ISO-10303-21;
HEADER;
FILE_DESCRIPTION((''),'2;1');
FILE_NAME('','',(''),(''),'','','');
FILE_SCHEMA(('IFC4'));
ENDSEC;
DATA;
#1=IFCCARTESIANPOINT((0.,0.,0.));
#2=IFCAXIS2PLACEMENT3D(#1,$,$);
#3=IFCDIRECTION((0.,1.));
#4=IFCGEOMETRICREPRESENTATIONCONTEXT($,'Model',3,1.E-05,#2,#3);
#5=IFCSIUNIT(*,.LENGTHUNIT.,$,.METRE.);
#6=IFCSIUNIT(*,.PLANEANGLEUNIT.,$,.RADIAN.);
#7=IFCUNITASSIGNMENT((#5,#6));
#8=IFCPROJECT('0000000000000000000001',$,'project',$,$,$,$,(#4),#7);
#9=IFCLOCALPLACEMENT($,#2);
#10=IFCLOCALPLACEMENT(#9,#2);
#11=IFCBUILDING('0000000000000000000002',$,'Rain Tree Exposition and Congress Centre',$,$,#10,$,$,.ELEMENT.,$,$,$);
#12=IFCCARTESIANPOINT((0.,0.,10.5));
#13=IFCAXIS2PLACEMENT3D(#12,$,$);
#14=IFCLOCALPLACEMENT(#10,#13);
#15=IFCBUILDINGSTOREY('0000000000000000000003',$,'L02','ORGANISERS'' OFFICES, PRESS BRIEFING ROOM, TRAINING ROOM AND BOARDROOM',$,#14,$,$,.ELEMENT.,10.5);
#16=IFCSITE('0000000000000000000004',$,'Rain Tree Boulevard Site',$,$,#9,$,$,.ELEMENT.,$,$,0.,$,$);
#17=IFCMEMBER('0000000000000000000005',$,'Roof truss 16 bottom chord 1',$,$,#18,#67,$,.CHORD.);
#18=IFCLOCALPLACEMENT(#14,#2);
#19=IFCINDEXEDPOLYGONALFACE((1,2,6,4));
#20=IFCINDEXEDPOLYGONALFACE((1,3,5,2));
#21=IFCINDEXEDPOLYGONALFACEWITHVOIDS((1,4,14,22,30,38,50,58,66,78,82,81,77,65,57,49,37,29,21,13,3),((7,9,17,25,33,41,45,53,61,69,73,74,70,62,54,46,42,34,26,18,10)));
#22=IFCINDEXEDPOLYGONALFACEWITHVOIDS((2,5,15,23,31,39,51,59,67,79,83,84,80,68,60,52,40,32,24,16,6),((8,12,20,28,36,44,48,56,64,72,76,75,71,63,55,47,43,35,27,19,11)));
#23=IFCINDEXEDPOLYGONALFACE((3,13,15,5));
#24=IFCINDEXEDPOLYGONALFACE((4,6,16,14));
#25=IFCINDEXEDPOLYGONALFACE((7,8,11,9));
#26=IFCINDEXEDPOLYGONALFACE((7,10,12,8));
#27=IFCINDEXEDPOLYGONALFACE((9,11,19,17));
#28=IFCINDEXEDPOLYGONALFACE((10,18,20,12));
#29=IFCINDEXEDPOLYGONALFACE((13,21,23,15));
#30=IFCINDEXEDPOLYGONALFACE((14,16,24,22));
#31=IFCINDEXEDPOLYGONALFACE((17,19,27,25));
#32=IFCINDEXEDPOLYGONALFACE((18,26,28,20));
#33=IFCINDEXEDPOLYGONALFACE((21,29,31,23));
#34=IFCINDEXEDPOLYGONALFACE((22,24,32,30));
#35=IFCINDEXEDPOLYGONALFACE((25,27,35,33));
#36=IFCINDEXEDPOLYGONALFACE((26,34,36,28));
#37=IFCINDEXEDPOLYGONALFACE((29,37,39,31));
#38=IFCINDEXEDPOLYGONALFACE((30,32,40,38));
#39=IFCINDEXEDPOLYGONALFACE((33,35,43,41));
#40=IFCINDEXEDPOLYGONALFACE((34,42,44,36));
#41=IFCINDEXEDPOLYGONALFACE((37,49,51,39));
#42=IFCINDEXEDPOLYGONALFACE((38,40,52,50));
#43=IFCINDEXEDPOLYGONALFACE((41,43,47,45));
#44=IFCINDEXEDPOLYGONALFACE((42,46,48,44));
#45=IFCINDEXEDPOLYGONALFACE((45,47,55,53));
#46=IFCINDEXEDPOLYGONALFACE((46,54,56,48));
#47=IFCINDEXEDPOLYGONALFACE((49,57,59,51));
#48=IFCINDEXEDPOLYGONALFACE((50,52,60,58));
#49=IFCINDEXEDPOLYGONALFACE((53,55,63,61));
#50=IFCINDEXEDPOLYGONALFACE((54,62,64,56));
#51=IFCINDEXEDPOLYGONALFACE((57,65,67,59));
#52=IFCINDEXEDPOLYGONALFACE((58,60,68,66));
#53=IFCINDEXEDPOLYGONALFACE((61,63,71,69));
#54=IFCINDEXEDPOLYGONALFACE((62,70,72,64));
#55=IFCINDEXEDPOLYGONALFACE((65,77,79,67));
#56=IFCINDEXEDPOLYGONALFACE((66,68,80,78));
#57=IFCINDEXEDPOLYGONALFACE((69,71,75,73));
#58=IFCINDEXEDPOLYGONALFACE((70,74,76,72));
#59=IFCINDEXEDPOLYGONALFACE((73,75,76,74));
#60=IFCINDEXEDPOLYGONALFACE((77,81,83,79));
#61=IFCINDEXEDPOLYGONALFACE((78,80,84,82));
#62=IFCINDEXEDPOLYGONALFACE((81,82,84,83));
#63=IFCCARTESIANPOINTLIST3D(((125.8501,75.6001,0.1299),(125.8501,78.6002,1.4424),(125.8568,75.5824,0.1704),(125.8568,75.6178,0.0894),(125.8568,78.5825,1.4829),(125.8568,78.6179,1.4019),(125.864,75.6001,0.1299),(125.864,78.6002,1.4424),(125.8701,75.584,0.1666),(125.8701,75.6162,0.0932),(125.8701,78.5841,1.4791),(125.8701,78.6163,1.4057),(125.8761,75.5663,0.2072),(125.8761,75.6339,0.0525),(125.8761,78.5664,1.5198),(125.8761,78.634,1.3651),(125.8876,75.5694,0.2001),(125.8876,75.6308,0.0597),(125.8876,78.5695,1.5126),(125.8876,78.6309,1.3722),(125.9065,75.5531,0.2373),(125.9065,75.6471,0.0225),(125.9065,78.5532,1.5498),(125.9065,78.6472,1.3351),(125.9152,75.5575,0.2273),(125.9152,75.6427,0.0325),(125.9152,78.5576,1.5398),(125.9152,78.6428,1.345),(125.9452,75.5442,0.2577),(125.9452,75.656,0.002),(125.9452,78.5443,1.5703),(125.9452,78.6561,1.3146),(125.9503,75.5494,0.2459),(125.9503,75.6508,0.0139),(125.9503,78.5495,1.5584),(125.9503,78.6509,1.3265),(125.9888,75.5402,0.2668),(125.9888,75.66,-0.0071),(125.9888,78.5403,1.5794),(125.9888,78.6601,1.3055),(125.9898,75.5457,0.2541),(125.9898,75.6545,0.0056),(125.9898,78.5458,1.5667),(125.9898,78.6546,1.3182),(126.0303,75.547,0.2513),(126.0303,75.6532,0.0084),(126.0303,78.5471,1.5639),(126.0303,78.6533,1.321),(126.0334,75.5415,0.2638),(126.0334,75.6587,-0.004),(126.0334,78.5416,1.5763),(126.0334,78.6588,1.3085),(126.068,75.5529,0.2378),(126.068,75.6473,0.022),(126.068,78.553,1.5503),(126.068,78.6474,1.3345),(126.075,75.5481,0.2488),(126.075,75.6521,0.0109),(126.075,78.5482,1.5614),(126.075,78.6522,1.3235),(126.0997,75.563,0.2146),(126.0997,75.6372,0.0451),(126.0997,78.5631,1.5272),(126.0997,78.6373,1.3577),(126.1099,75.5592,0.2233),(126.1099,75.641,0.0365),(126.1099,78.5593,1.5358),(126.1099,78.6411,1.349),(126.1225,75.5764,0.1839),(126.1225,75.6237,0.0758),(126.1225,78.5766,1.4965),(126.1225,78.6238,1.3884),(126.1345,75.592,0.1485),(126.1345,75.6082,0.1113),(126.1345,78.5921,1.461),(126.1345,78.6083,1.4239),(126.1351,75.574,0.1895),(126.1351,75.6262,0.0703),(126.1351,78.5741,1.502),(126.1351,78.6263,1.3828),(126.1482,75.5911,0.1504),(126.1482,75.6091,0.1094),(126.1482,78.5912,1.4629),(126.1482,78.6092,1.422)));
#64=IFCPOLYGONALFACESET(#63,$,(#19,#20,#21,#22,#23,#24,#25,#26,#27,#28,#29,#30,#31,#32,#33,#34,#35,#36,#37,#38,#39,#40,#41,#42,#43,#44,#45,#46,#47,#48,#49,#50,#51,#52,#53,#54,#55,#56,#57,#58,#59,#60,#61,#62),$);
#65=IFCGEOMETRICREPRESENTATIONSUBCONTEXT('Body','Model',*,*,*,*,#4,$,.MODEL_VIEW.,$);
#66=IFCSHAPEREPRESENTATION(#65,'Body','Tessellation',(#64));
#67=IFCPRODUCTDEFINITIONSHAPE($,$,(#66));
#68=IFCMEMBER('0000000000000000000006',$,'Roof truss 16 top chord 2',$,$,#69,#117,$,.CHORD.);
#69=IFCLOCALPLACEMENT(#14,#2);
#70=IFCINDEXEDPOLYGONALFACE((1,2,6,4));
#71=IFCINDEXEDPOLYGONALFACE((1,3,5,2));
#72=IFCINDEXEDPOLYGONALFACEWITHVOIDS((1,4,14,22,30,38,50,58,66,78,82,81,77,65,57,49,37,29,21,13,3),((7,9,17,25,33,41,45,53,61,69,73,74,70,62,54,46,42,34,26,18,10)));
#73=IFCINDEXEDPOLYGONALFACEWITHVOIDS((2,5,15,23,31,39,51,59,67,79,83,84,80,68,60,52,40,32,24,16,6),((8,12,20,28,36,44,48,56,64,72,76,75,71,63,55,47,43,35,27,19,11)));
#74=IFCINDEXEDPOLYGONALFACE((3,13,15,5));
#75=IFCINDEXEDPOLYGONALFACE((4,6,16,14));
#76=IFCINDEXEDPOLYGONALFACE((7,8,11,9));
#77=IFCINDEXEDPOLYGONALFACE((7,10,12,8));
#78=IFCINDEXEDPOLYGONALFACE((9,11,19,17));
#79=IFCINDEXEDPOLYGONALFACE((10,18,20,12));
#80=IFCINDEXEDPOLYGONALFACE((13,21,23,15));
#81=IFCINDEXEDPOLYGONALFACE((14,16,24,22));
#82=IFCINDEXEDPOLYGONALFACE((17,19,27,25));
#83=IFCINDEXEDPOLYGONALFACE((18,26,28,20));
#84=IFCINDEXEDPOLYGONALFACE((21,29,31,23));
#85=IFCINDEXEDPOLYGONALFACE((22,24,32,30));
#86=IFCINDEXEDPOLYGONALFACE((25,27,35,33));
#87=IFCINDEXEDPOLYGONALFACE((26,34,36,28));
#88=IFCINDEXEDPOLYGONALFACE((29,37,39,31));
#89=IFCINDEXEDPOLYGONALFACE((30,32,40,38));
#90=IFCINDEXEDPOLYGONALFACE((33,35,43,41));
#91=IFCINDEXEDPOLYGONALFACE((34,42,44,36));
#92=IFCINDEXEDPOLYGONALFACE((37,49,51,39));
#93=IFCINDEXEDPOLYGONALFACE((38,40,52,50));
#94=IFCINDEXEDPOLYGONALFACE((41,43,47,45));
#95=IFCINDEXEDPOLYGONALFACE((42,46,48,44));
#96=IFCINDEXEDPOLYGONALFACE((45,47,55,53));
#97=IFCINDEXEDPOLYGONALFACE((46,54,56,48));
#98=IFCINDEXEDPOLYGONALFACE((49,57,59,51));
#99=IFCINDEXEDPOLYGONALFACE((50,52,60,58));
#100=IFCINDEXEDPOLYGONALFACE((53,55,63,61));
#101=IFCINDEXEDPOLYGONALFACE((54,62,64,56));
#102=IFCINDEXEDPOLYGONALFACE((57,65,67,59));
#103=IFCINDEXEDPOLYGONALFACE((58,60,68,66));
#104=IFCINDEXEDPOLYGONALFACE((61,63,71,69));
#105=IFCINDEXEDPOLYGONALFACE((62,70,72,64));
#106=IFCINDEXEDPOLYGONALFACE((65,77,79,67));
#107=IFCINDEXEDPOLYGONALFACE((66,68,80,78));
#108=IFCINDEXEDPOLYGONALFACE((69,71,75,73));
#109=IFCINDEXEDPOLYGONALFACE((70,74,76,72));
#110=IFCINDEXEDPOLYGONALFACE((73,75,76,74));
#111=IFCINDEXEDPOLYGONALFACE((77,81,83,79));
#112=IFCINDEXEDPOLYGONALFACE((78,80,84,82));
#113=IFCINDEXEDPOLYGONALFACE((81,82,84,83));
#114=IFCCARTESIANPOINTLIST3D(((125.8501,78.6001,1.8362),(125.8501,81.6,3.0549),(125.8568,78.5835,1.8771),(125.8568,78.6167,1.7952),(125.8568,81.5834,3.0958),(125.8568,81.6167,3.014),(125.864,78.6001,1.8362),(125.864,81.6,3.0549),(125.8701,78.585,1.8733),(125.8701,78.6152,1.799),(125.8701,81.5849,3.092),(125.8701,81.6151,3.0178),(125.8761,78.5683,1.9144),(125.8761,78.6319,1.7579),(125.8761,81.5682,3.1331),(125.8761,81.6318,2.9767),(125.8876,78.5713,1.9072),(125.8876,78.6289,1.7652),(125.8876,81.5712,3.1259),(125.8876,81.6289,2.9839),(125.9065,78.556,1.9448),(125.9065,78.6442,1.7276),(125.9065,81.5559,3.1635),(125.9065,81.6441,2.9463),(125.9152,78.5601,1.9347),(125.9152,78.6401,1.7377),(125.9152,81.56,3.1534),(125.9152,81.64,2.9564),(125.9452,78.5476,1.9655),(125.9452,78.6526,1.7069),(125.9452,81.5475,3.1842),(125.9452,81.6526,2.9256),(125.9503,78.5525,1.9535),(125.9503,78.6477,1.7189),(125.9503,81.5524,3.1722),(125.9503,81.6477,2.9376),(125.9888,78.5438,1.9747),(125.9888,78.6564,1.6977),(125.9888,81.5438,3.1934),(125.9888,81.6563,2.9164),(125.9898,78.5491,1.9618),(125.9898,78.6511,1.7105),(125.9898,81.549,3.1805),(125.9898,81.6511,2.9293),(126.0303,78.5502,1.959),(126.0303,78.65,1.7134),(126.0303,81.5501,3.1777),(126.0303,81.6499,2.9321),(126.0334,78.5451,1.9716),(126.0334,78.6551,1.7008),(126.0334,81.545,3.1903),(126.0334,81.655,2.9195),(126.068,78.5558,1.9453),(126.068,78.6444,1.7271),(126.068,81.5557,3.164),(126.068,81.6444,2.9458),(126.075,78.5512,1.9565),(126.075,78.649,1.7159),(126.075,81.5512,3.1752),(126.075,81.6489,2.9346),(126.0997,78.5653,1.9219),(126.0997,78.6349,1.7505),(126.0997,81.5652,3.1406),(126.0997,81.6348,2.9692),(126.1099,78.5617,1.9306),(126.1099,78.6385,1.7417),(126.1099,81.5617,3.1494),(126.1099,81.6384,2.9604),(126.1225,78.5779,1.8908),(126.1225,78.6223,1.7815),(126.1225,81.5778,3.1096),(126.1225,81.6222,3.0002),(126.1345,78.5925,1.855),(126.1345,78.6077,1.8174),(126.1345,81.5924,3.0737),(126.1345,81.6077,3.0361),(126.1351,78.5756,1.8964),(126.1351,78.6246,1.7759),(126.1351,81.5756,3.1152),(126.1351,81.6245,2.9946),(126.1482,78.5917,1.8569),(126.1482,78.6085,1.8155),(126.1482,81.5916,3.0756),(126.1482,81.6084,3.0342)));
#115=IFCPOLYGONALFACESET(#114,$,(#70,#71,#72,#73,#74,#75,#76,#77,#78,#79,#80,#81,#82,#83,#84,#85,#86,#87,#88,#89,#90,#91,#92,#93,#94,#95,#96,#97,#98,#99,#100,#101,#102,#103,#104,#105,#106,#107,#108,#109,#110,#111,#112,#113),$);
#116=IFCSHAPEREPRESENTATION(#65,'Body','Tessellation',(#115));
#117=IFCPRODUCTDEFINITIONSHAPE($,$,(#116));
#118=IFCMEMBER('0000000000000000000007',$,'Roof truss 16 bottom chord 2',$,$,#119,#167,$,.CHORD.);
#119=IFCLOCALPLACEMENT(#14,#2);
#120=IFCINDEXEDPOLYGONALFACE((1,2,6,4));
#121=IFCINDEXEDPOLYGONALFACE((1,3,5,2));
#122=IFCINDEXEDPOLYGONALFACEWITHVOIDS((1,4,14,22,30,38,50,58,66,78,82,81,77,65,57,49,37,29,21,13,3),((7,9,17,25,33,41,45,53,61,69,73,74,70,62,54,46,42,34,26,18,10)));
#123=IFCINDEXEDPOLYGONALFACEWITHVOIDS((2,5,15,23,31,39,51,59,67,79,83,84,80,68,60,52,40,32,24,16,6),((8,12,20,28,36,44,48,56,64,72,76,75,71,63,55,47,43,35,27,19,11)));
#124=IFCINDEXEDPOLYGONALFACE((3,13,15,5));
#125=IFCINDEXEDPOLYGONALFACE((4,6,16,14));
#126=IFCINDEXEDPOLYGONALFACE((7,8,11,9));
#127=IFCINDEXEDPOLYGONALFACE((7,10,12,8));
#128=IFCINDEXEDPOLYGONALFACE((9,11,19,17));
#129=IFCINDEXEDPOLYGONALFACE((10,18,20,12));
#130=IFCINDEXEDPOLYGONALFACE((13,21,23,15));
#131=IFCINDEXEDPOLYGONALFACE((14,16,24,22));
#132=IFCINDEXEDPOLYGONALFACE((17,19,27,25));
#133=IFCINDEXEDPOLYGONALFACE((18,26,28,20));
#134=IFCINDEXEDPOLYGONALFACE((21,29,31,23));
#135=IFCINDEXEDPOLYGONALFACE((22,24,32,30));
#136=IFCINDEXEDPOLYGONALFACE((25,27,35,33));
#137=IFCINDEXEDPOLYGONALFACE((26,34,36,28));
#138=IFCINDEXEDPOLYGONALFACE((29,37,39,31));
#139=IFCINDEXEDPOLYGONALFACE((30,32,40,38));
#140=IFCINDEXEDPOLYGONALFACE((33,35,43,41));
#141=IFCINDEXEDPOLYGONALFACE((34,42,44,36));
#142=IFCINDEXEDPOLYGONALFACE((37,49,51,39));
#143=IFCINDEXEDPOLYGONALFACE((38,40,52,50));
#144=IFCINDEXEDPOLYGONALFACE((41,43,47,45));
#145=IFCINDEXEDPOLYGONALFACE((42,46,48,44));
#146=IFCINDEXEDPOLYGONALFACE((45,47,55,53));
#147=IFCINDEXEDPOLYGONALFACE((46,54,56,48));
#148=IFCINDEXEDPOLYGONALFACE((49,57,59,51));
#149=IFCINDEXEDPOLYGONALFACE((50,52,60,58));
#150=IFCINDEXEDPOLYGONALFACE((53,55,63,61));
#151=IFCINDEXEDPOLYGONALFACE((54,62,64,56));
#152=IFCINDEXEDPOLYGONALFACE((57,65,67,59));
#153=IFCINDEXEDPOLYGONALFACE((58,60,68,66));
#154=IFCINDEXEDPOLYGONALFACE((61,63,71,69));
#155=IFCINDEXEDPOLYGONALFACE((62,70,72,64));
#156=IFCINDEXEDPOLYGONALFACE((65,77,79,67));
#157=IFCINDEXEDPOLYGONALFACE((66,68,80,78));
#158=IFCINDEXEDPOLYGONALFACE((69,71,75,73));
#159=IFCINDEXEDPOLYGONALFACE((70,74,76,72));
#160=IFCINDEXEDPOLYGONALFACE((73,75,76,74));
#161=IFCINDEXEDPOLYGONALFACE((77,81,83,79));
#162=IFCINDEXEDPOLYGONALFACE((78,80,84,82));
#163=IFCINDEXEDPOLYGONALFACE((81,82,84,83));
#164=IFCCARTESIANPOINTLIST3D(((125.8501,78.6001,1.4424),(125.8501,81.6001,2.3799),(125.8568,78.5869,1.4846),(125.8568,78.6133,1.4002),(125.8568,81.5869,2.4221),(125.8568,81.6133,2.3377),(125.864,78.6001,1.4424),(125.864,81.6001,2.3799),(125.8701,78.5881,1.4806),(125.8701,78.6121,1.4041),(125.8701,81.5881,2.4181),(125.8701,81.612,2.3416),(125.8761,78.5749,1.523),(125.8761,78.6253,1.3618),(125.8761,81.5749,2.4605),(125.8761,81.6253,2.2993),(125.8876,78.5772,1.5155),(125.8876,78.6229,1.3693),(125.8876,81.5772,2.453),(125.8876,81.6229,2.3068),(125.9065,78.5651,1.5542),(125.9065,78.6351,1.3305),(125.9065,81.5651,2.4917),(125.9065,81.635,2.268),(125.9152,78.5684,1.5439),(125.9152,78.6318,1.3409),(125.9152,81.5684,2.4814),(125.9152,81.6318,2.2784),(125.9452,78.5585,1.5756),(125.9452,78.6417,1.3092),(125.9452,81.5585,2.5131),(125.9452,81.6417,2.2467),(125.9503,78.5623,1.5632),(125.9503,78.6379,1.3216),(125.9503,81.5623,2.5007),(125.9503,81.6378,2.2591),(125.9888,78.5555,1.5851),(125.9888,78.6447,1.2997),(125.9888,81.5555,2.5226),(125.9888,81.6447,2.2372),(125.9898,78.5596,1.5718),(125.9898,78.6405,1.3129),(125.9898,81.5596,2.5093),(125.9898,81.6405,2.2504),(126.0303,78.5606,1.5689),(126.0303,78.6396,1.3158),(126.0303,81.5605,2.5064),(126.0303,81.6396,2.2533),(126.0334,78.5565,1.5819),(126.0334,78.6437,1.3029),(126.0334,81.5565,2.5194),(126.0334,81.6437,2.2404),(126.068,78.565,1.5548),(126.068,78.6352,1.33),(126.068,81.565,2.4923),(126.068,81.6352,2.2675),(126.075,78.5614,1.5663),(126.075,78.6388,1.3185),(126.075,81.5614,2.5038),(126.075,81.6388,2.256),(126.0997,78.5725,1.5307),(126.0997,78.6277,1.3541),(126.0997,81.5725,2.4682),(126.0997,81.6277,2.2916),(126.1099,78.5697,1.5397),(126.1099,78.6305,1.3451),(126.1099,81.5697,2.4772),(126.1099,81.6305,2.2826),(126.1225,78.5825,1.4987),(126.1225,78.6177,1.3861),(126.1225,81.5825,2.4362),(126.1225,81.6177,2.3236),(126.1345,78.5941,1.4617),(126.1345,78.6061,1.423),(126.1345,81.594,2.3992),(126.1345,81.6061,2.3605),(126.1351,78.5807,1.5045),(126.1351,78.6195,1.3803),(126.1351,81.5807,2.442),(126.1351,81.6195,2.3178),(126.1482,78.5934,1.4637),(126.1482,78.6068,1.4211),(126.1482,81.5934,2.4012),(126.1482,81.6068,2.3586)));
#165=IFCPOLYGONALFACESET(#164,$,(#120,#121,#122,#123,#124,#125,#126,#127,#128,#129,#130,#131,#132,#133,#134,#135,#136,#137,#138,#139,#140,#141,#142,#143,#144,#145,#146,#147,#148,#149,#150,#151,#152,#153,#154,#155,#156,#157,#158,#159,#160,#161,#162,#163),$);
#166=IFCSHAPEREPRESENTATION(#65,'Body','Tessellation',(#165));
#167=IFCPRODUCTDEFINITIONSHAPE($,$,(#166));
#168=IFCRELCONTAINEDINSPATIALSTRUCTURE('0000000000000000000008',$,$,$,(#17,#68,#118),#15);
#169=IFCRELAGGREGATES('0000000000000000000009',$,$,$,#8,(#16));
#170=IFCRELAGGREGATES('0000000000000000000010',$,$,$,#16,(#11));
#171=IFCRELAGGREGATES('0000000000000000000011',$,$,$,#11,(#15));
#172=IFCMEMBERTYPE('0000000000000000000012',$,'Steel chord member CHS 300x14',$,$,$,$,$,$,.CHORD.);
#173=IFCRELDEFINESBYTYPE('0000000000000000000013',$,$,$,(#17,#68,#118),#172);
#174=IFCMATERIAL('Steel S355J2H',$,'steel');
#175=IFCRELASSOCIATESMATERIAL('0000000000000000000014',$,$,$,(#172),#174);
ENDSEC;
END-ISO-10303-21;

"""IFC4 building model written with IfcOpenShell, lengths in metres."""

from ifc_helpers import new_model, si_unit, direction, frame, origin, origin_2d, place, context, subcontext, project, spatial, hollow_circle, extrude, material, material_profile, profile_set, type_object, element, save


model = new_model("IFC4")

# Units and contexts
model_context = context("Model", 3, precision=1e-05, world=origin(), true_north=direction((0.0, 1.0)))
body_context = subcontext(model_context, "Body", "Model", "MODEL_VIEW")
ifc_project = project(units=[si_unit("LENGTHUNIT", "METRE"), si_unit("PLANEANGLEUNIT", "RADIAN")], contexts=[model_context])

# Site, building, storey
site_placement = place(None, origin())
site = spatial("IfcSite", under=ifc_project, at=site_placement, Name="Rain Tree Boulevard Site", CompositionType="ELEMENT", RefElevation=0.0)
building_placement = place(site_placement, origin())
building = spatial("IfcBuilding", under=site, at=building_placement, Name="Rain Tree Exposition and Congress Centre", CompositionType="ELEMENT")
storey_placement = place(building_placement, frame((0.0, 0.0, 10.5)))
storey = spatial("IfcBuildingStorey", under=building, at=storey_placement, Name="L02", Description="ORGANISERS' OFFICES, PRESS BRIEFING ROOM, TRAINING ROOM AND BOARDROOM", CompositionType="ELEMENT", Elevation=10.5)

# Members
ifc_material_1 = material(Name="Steel S355J2H", Category="steel")
ifc_material_profile_1 = material_profile(ifc_material_1, hollow_circle(Radius=0.1499, WallThickness=0.0139, at=origin_2d()), Name="CHS 300x14")
ifc_profile_set_1 = profile_set([ifc_material_profile_1], Name="Steel S355J2H")
member_type_1 = type_object("IfcMemberType", Name="Steel chord member CHS 300x14", PredefinedType="CHORD", material=ifc_profile_set_1)
member_1_placement = place(storey_placement, frame((126.0, 75.6001, 0.1299), z_axis=(0.0, 0.916157, 0.400819), x_axis=(-1.0, 0.0, 0.0)))
element("IfcMember", 1, at=member_1_placement, inside=storey, type_object=member_type_1, Name="Roof truss 16 bottom chord 1", PredefinedType="CHORD", context=body_context, shape_type="SweptSolid", body=[
    extrude(hollow_circle(Radius=0.1499, WallThickness=0.0139, at=origin_2d()), origin(), (0.0, 0.0, 1.0), 3.2747),
])
member_2_placement = place(storey_placement, frame((126.0, 78.6001, 1.8362), z_axis=(0.0, 0.926467, 0.376377), x_axis=(-1.0, 0.0, 0.0)))
element("IfcMember", 2, at=member_2_placement, inside=storey, type_object=member_type_1, Name="Roof truss 16 top chord 2", PredefinedType="CHORD", context=body_context, shape_type="SweptSolid", body=[
    extrude(hollow_circle(Radius=0.1499, WallThickness=0.0139, at=origin_2d()), origin(), (0.0, 0.0, 1.0), 3.238),
])
member_3_placement = place(storey_placement, frame((126.0, 78.6001, 1.4424), z_axis=(0.0, 0.95448, 0.298275), x_axis=(-1.0, 0.0, 0.0)))
element("IfcMember", 3, at=member_3_placement, inside=storey, type_object=member_type_1, Name="Roof truss 16 bottom chord 2", PredefinedType="CHORD", context=body_context, shape_type="SweptSolid", body=[
    extrude(hollow_circle(Radius=0.1499, WallThickness=0.0139, at=origin_2d()), origin(), (0.0, 0.0, 1.0), 3.1431),
])

save(model, "model.ifc")
